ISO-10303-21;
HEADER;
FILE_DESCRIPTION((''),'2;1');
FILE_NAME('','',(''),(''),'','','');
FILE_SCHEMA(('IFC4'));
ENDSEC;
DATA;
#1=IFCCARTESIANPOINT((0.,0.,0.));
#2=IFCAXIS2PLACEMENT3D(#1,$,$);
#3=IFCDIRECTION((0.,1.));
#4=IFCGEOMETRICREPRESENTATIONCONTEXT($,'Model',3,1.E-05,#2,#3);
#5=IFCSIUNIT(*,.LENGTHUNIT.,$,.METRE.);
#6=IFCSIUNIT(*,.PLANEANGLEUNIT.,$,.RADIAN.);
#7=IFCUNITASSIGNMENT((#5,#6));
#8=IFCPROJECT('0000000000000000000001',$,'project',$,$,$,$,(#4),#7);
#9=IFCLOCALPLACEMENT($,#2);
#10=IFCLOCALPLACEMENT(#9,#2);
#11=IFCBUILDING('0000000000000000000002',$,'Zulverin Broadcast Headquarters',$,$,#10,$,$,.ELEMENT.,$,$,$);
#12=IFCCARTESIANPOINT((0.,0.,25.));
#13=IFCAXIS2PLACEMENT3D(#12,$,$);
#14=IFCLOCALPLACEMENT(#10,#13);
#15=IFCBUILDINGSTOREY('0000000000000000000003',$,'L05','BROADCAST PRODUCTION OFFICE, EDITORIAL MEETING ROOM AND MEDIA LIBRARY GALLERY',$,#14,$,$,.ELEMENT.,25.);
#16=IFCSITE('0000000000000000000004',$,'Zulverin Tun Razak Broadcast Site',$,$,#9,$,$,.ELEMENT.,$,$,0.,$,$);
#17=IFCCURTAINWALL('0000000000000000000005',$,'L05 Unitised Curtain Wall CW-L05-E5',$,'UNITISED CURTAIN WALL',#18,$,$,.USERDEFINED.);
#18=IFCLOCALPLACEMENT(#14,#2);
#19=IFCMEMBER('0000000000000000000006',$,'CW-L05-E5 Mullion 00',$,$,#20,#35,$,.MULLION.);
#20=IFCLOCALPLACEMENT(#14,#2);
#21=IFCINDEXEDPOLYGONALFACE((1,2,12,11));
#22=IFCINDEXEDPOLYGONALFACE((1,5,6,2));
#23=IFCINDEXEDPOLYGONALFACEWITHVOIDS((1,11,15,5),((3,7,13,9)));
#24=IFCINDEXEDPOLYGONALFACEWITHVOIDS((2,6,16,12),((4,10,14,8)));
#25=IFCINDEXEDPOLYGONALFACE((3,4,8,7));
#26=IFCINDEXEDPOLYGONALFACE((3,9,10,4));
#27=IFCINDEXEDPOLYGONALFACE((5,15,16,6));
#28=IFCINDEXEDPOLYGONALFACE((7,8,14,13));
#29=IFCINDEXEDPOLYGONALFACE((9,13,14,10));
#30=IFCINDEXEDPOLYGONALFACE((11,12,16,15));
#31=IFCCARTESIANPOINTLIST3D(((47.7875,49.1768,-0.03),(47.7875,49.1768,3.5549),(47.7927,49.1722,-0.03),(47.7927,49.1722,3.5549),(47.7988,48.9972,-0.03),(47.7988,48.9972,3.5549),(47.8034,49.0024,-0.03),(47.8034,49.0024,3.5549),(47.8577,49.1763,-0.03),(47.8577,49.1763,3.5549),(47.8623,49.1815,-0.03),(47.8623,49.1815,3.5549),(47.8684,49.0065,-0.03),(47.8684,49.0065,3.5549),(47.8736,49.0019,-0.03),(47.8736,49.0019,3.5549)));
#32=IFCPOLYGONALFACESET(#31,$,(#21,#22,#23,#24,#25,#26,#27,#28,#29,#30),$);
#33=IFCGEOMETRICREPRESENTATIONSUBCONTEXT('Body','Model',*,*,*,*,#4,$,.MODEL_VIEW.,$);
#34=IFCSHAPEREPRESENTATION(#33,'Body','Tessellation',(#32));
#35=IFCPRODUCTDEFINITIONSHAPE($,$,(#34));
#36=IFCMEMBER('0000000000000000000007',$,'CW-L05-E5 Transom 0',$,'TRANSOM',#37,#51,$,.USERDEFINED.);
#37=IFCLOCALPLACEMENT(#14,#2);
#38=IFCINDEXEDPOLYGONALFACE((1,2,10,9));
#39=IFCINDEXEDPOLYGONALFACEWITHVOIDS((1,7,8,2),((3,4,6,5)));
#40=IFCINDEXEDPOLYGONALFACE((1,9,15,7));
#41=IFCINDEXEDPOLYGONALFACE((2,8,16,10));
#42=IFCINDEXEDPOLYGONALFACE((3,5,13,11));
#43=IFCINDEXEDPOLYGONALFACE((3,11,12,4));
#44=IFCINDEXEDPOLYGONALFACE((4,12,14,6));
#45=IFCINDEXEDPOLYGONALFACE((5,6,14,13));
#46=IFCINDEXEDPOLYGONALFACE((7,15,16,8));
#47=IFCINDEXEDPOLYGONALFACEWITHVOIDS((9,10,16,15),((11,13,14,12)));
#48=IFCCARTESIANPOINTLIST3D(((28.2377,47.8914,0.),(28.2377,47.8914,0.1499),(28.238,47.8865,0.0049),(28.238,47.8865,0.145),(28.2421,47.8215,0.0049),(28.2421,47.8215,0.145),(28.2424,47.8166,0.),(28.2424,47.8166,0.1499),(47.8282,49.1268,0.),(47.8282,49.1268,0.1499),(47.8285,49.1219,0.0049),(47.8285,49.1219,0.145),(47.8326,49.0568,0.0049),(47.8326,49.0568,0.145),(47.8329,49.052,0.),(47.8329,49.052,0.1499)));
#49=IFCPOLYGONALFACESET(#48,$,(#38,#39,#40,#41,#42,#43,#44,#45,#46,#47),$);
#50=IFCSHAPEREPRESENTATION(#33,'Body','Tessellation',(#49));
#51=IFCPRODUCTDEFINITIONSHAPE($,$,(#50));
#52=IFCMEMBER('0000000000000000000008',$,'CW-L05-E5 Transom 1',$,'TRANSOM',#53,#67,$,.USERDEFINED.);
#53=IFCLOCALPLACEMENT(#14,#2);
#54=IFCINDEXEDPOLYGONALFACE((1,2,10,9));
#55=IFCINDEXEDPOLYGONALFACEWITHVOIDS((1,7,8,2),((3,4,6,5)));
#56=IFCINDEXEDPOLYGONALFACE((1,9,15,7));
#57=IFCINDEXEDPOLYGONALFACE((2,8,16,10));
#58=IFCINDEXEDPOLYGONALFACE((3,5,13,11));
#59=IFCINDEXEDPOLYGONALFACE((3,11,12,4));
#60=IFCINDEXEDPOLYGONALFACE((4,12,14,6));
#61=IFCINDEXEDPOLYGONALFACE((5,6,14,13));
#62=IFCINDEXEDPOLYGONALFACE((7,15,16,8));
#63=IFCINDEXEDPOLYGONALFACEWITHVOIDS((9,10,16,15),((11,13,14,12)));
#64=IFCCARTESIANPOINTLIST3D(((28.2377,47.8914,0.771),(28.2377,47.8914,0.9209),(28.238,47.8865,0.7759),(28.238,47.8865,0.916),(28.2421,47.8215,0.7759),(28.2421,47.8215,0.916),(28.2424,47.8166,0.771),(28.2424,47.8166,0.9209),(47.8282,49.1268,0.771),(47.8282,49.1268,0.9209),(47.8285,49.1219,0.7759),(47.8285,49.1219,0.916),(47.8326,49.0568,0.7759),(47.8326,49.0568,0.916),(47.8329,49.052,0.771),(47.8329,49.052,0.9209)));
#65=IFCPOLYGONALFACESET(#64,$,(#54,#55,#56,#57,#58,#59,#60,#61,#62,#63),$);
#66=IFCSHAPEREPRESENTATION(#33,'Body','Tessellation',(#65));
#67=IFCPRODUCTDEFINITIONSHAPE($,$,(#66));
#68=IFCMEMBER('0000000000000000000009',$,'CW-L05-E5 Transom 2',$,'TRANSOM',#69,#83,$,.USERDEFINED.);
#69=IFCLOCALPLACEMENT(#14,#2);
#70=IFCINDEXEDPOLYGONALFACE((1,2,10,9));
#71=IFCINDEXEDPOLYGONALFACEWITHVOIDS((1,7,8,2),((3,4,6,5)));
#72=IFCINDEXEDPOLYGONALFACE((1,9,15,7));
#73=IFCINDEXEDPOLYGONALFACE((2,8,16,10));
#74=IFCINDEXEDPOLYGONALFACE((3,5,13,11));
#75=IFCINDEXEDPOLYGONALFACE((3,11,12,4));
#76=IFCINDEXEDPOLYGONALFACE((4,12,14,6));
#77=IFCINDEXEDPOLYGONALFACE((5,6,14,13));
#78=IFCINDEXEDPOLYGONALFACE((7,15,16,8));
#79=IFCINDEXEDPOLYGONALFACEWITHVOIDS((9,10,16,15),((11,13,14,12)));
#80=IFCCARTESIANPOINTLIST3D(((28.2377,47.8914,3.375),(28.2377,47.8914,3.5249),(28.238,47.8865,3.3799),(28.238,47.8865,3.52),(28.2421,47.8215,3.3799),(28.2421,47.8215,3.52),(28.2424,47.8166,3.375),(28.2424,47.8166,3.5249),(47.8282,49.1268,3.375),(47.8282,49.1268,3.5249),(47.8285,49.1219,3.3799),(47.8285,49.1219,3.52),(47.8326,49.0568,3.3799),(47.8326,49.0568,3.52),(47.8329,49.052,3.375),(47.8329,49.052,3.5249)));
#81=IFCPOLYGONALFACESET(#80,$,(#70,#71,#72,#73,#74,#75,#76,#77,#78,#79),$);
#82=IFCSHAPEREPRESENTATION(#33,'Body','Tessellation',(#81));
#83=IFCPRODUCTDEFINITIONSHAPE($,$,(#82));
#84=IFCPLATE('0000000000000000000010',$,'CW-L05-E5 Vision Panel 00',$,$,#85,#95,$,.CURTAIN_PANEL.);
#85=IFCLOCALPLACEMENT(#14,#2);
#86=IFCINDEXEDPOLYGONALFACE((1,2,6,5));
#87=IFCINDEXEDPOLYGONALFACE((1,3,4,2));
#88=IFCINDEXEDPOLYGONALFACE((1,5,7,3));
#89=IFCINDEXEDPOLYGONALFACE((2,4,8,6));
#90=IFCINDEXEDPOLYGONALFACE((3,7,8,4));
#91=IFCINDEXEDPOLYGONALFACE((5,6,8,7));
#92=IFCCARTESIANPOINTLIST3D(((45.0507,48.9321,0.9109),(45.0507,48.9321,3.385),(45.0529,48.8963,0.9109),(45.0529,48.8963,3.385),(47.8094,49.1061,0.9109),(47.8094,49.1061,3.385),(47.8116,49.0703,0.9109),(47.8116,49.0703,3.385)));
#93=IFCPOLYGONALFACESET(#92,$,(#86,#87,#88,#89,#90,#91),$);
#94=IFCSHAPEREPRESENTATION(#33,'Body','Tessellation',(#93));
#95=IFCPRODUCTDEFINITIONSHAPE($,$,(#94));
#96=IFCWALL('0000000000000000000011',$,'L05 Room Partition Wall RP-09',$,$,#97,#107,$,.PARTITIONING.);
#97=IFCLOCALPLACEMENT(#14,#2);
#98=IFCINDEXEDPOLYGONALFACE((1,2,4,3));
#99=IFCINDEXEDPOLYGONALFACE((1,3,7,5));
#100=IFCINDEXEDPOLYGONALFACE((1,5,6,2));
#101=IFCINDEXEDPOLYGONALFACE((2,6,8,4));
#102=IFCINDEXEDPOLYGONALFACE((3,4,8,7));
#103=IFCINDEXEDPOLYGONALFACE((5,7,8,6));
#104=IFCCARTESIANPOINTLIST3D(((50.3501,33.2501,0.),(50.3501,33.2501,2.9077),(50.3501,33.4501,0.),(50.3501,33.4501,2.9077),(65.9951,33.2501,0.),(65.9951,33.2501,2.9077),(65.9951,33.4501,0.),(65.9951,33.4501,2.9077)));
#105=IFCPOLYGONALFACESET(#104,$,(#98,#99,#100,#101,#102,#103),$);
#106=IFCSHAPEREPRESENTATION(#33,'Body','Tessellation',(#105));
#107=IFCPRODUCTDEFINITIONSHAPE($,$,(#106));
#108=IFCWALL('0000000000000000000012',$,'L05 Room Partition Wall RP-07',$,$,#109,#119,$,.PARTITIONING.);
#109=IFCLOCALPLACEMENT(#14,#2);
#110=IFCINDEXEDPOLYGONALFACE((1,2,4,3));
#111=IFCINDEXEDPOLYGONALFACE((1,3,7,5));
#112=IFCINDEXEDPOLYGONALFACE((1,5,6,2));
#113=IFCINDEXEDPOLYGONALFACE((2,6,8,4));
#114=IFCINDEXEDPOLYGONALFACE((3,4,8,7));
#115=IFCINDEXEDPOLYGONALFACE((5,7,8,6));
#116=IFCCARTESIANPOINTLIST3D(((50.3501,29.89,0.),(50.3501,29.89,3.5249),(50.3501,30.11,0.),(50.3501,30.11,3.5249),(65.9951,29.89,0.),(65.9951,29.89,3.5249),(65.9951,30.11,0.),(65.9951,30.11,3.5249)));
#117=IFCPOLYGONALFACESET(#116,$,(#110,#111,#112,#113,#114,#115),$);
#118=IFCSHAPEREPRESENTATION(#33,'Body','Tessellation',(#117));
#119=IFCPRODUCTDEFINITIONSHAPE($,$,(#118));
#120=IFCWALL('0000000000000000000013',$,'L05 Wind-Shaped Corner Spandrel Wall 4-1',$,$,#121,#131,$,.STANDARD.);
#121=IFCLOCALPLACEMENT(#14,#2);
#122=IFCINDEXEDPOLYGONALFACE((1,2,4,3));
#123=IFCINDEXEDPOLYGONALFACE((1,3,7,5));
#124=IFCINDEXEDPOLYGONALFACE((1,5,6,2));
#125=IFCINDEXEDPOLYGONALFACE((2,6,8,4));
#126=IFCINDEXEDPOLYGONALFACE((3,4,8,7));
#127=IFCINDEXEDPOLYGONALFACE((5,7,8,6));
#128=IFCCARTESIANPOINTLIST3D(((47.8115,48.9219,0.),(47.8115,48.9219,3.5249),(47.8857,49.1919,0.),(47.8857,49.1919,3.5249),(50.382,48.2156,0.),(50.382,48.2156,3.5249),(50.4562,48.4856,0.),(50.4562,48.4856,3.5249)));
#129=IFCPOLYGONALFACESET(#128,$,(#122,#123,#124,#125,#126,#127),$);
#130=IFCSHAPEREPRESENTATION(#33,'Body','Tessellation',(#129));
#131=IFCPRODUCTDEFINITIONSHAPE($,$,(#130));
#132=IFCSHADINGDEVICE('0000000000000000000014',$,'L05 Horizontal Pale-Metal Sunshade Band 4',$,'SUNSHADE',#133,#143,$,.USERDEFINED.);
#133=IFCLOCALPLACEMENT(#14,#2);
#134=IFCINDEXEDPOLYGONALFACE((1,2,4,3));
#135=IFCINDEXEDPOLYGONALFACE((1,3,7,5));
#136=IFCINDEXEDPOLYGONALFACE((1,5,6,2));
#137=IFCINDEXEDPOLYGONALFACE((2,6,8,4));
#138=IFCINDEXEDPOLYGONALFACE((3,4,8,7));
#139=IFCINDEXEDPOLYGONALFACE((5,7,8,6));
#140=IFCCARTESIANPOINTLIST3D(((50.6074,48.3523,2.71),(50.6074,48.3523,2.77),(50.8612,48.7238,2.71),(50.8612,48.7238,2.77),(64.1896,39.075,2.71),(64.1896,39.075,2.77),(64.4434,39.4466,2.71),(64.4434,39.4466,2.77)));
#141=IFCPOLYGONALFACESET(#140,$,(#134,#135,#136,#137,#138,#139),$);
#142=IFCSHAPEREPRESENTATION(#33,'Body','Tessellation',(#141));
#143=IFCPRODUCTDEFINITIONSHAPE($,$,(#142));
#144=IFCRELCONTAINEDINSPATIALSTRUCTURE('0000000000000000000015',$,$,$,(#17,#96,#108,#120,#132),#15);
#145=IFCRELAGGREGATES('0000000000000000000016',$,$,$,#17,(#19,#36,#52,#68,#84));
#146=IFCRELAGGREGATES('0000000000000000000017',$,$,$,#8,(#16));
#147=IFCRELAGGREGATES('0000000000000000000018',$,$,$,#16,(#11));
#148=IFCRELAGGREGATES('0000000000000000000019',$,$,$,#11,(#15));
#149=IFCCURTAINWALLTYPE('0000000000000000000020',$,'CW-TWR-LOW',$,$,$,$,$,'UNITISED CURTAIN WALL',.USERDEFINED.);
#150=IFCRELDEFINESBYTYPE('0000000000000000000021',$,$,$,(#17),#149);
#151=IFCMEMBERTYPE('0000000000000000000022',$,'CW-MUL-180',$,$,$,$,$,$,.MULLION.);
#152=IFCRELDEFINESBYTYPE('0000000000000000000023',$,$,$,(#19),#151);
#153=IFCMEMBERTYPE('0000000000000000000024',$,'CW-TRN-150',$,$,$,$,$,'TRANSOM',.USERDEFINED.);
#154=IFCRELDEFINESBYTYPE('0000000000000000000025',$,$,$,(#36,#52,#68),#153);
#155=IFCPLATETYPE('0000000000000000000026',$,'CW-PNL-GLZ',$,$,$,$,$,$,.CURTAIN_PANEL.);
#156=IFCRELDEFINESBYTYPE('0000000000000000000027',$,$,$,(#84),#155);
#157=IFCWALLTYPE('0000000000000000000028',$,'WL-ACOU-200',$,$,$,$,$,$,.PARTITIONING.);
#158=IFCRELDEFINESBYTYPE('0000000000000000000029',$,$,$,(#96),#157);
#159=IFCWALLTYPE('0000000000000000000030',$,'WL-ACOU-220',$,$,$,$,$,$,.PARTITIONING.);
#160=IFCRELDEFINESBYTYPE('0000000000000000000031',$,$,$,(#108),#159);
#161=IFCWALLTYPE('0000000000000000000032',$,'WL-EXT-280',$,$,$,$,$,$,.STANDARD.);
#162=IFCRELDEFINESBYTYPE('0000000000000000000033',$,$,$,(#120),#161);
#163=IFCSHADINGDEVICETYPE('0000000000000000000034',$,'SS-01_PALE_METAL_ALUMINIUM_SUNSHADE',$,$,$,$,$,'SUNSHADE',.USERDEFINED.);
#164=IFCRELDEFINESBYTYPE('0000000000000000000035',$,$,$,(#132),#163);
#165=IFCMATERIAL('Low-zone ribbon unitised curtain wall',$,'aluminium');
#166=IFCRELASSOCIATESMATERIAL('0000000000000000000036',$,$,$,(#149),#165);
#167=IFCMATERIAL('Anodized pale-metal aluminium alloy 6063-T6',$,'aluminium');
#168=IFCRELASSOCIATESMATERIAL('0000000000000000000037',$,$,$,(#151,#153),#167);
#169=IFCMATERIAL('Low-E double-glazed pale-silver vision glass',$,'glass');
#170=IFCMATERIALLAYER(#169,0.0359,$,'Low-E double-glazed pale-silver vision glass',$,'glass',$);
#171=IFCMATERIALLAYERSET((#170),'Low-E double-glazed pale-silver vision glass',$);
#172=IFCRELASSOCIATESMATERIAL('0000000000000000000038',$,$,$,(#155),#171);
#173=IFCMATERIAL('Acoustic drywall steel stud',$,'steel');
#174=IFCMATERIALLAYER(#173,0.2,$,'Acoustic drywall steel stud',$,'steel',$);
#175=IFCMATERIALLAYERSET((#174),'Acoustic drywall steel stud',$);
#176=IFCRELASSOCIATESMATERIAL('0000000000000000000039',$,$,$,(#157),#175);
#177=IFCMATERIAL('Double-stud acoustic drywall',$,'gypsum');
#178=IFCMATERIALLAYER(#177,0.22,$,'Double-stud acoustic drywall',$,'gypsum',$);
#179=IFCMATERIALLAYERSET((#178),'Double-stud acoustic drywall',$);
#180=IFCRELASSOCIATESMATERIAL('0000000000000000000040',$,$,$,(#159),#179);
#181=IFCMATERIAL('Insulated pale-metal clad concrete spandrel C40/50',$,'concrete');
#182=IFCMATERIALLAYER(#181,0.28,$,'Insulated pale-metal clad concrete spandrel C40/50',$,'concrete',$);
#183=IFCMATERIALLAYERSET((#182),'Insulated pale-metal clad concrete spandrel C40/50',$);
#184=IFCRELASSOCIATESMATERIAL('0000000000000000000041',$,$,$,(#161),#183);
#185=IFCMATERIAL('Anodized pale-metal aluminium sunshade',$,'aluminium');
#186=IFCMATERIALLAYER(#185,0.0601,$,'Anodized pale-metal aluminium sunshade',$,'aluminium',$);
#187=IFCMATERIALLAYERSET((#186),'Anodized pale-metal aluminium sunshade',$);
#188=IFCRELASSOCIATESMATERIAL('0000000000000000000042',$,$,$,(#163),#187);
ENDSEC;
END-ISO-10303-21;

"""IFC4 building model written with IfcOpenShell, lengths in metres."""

from ifc_helpers import new_model, si_unit, direction, frame, frame_2d, origin, origin_2d, place, context, subcontext, project, spatial, rectangle, hollow_rectangle, extrude, material, layer, layer_set, material_profile, profile_set, type_object, element, aggregate, save


model = new_model("IFC4")

# Units and contexts
model_context = context("Model", 3, precision=1e-05, world=origin(), true_north=direction((0.0, 1.0)))
body_context = subcontext(model_context, "Body", "Model", "MODEL_VIEW")
ifc_project = project(units=[si_unit("LENGTHUNIT", "METRE"), si_unit("PLANEANGLEUNIT", "RADIAN")], contexts=[model_context])

# Site, building, storey
site_placement = place(None, origin())
site = spatial("IfcSite", under=ifc_project, at=site_placement, Name="Zulverin Tun Razak Broadcast Site", CompositionType="ELEMENT", RefElevation=0.0)
building_placement = place(site_placement, origin())
building = spatial("IfcBuilding", under=site, at=building_placement, Name="Zulverin Broadcast Headquarters", CompositionType="ELEMENT")
storey_placement = place(building_placement, frame((0.0, 0.0, 25.0)))
storey = spatial("IfcBuildingStorey", under=building, at=storey_placement, Name="L05", Description="BROADCAST PRODUCTION OFFICE, EDITORIAL MEETING ROOM AND MEDIA LIBRARY GALLERY", CompositionType="ELEMENT", Elevation=25.0)

# Curtain wall, members, plate
ifc_material_1 = material(Name="Low-zone ribbon unitised curtain wall", Category="aluminium")
curtain_wall_type = type_object("IfcCurtainWallType", Name="CW-TWR-LOW", ElementType="UNITISED CURTAIN WALL", PredefinedType="USERDEFINED", material=ifc_material_1)
curtain_wall_placement = place(storey_placement, origin())
curtain_wall = element("IfcCurtainWall", 1, at=curtain_wall_placement, inside=storey, type_object=curtain_wall_type, Name="L05 Unitised Curtain Wall CW-L05-E5", ObjectType="UNITISED CURTAIN WALL", PredefinedType="USERDEFINED")
ifc_material_2 = material(Name="Anodized pale-metal aluminium alloy 6063-T6", Category="aluminium")
ifc_material_profile_1 = material_profile(ifc_material_2, hollow_rectangle(XDim=0.075, YDim=0.1799, WallThickness=0.0049, at=origin_2d()), Name="Anodized pale-metal aluminium alloy 6063-T6", Category="aluminium")
ifc_profile_set_1 = profile_set([ifc_material_profile_1], Name="Anodized pale-metal aluminium alloy 6063-T6")
member_type_1 = type_object("IfcMemberType", Name="CW-MUL-180", PredefinedType="MULLION", material=ifc_profile_set_1)
member_1_placement = place(storey_placement, frame((47.8306, 49.0894, -0.03), z_axis=(0.0, 0.0, 1.0), x_axis=(-0.998018, -0.062935, 0.0)))
member_1 = element("IfcMember", 2, at=member_1_placement, type_object=member_type_1, Name="CW-L05-E5 Mullion 00", PredefinedType="MULLION", context=body_context, shape_type="SweptSolid", body=[
    extrude(hollow_rectangle(XDim=0.075, YDim=0.1799, WallThickness=0.0049, at=origin_2d()), origin(), (0.0, 0.0, 1.0), 3.585),
])
ifc_material_profile_2 = material_profile(ifc_material_2, hollow_rectangle(XDim=0.075, YDim=0.1499, WallThickness=0.0049, at=origin_2d()), Name="Anodized pale-metal aluminium alloy 6063-T6", Category="aluminium")
ifc_profile_set_2 = profile_set([ifc_material_profile_2], Name="Anodized pale-metal aluminium alloy 6063-T6")
member_type_2 = type_object("IfcMemberType", Name="CW-TRN-150", ElementType="TRANSOM", PredefinedType="USERDEFINED", material=ifc_profile_set_2)
member_2_placement = place(storey_placement, frame((47.8306, 49.0894, 0.075), z_axis=(-0.998018, -0.062933, 0.0), x_axis=(0.062933, -0.998018, 0.0)))
member_2 = element("IfcMember", 3, at=member_2_placement, type_object=member_type_2, Name="CW-L05-E5 Transom 0", ObjectType="TRANSOM", PredefinedType="USERDEFINED", context=body_context, shape_type="SweptSolid", body=[
    extrude(hollow_rectangle(XDim=0.075, YDim=0.1499, WallThickness=0.0049, at=origin_2d()), origin(), (0.0, 0.0, 1.0), 19.6294),
])
member_3_placement = place(storey_placement, frame((47.8306, 49.0894, 0.8459), z_axis=(-0.998018, -0.062933, 0.0), x_axis=(0.062933, -0.998018, 0.0)))
member_3 = element("IfcMember", 4, at=member_3_placement, type_object=member_type_2, Name="CW-L05-E5 Transom 1", ObjectType="TRANSOM", PredefinedType="USERDEFINED", context=body_context, shape_type="SweptSolid", body=[
    extrude(hollow_rectangle(XDim=0.075, YDim=0.1499, WallThickness=0.0049, at=origin_2d()), origin(), (0.0, 0.0, 1.0), 19.6294),
])
member_4_placement = place(storey_placement, frame((47.8306, 49.0894, 3.45), z_axis=(-0.998018, -0.062933, 0.0), x_axis=(0.062933, -0.998018, 0.0)))
member_4 = element("IfcMember", 5, at=member_4_placement, type_object=member_type_2, Name="CW-L05-E5 Transom 2", ObjectType="TRANSOM", PredefinedType="USERDEFINED", context=body_context, shape_type="SweptSolid", body=[
    extrude(hollow_rectangle(XDim=0.075, YDim=0.1499, WallThickness=0.0049, at=origin_2d()), origin(), (0.0, 0.0, 1.0), 19.6294),
])
ifc_material_3 = material(Name="Low-E double-glazed pale-silver vision glass", Category="glass")
ifc_layer_1 = layer(ifc_material_3, 0.0359, Name="Low-E double-glazed pale-silver vision glass", Category="glass")
ifc_layer_set_1 = layer_set([ifc_layer_1], Name="Low-E double-glazed pale-silver vision glass")
plate_type = type_object("IfcPlateType", Name="CW-PNL-GLZ", PredefinedType="CURTAIN_PANEL", material=ifc_layer_set_1)
plate_placement = place(storey_placement, frame((46.4312, 49.0012, 0.9109), z_axis=(0.0, 0.0, 1.0), x_axis=(-0.998018, -0.062935, 0.0)))
plate = element("IfcPlate", 6, at=plate_placement, type_object=plate_type, Name="CW-L05-E5 Vision Panel 00", PredefinedType="CURTAIN_PANEL", context=body_context, shape_type="SweptSolid", body=[
    extrude(rectangle(XDim=2.7642, YDim=0.0359, at=origin_2d()), origin(), (0.0, 0.0, 1.0), 2.4741),
])
aggregate(curtain_wall, [member_1, member_2, member_3, member_4, plate])

# Walls
ifc_material_4 = material(Name="Acoustic drywall steel stud", Category="steel")
ifc_layer_2 = layer(ifc_material_4, 0.2, Name="Acoustic drywall steel stud", Category="steel")
ifc_layer_set_2 = layer_set([ifc_layer_2], Name="Acoustic drywall steel stud")
wall_type_1 = type_object("IfcWallType", Name="WL-ACOU-200", PredefinedType="PARTITIONING", material=ifc_layer_set_2)
wall_1_placement = place(storey_placement, frame((50.3501, 33.3501, 0.0), z_axis=(0.0, 0.0, 1.0), x_axis=(1.0, 0.0, 0.0)))
element("IfcWall", 7, at=wall_1_placement, inside=storey, type_object=wall_type_1, Name="L05 Room Partition Wall RP-09", PredefinedType="PARTITIONING", context=body_context, shape_type="SweptSolid", body=[
    extrude(rectangle(XDim=15.645, YDim=0.2, at=frame_2d((7.8225, 0.0))), origin(), (0.0, 0.0, 1.0), 2.9077),
])
ifc_material_5 = material(Name="Double-stud acoustic drywall", Category="gypsum")
ifc_layer_3 = layer(ifc_material_5, 0.22, Name="Double-stud acoustic drywall", Category="gypsum")
ifc_layer_set_3 = layer_set([ifc_layer_3], Name="Double-stud acoustic drywall")
wall_type_2 = type_object("IfcWallType", Name="WL-ACOU-220", PredefinedType="PARTITIONING", material=ifc_layer_set_3)
wall_2_placement = place(storey_placement, frame((50.3501, 30.0, 0.0), z_axis=(0.0, 0.0, 1.0), x_axis=(1.0, 0.0, 0.0)))
element("IfcWall", 8, at=wall_2_placement, inside=storey, type_object=wall_type_2, Name="L05 Room Partition Wall RP-07", PredefinedType="PARTITIONING", context=body_context, shape_type="SweptSolid", body=[
    extrude(rectangle(XDim=15.645, YDim=0.22, at=frame_2d((7.8225, 0.0))), origin(), (0.0, 0.0, 1.0), 3.5249),
])
ifc_material_6 = material(Name="Insulated pale-metal clad concrete spandrel C40/50", Category="concrete")
ifc_layer_4 = layer(ifc_material_6, 0.28, Name="Insulated pale-metal clad concrete spandrel C40/50", Category="concrete")
ifc_layer_set_4 = layer_set([ifc_layer_4], Name="Insulated pale-metal clad concrete spandrel C40/50")
wall_type_3 = type_object("IfcWallType", Name="WL-EXT-280", PredefinedType="STANDARD", material=ifc_layer_set_4)
wall_3_placement = place(storey_placement, frame((50.4192, 48.3506, 0.0), z_axis=(0.0, 0.0, 1.0), x_axis=(-0.964263, 0.264946, 0.0)))
element("IfcWall", 9, at=wall_3_placement, inside=storey, type_object=wall_type_3, Name="L05 Wind-Shaped Corner Spandrel Wall 4-1", PredefinedType="STANDARD", context=body_context, shape_type="SweptSolid", body=[
    extrude(rectangle(XDim=2.6658, YDim=0.28, at=frame_2d((1.333, 0.0))), origin(), (0.0, 0.0, 1.0), 3.5249),
])

# Shading device
ifc_material_7 = material(Name="Anodized pale-metal aluminium sunshade", Category="aluminium")
ifc_layer_5 = layer(ifc_material_7, 0.0601, Name="Anodized pale-metal aluminium sunshade", Category="aluminium")
ifc_layer_set_5 = layer_set([ifc_layer_5], Name="Anodized pale-metal aluminium sunshade")
shading_device_type = type_object("IfcShadingDeviceType", Name="SS-01_PALE_METAL_ALUMINIUM_SUNSHADE", ElementType="SUNSHADE", PredefinedType="USERDEFINED", material=ifc_layer_set_5)
shading_device_placement = place(storey_placement, frame((57.5254, 43.8994, 2.71), z_axis=(0.0, 0.0, 1.0), x_axis=(-0.825757, 0.564026, 0.0)))
element("IfcShadingDevice", 10, at=shading_device_placement, inside=storey, type_object=shading_device_type, Name="L05 Horizontal Pale-Metal Sunshade Band 4", ObjectType="SUNSHADE", PredefinedType="USERDEFINED", context=body_context, shape_type="SweptSolid", body=[
    extrude(rectangle(XDim=16.4482, YDim=0.45, at=origin_2d()), origin(), (0.0, 0.0, 1.0), 0.0601),
])

save(model, "model.ifc")
